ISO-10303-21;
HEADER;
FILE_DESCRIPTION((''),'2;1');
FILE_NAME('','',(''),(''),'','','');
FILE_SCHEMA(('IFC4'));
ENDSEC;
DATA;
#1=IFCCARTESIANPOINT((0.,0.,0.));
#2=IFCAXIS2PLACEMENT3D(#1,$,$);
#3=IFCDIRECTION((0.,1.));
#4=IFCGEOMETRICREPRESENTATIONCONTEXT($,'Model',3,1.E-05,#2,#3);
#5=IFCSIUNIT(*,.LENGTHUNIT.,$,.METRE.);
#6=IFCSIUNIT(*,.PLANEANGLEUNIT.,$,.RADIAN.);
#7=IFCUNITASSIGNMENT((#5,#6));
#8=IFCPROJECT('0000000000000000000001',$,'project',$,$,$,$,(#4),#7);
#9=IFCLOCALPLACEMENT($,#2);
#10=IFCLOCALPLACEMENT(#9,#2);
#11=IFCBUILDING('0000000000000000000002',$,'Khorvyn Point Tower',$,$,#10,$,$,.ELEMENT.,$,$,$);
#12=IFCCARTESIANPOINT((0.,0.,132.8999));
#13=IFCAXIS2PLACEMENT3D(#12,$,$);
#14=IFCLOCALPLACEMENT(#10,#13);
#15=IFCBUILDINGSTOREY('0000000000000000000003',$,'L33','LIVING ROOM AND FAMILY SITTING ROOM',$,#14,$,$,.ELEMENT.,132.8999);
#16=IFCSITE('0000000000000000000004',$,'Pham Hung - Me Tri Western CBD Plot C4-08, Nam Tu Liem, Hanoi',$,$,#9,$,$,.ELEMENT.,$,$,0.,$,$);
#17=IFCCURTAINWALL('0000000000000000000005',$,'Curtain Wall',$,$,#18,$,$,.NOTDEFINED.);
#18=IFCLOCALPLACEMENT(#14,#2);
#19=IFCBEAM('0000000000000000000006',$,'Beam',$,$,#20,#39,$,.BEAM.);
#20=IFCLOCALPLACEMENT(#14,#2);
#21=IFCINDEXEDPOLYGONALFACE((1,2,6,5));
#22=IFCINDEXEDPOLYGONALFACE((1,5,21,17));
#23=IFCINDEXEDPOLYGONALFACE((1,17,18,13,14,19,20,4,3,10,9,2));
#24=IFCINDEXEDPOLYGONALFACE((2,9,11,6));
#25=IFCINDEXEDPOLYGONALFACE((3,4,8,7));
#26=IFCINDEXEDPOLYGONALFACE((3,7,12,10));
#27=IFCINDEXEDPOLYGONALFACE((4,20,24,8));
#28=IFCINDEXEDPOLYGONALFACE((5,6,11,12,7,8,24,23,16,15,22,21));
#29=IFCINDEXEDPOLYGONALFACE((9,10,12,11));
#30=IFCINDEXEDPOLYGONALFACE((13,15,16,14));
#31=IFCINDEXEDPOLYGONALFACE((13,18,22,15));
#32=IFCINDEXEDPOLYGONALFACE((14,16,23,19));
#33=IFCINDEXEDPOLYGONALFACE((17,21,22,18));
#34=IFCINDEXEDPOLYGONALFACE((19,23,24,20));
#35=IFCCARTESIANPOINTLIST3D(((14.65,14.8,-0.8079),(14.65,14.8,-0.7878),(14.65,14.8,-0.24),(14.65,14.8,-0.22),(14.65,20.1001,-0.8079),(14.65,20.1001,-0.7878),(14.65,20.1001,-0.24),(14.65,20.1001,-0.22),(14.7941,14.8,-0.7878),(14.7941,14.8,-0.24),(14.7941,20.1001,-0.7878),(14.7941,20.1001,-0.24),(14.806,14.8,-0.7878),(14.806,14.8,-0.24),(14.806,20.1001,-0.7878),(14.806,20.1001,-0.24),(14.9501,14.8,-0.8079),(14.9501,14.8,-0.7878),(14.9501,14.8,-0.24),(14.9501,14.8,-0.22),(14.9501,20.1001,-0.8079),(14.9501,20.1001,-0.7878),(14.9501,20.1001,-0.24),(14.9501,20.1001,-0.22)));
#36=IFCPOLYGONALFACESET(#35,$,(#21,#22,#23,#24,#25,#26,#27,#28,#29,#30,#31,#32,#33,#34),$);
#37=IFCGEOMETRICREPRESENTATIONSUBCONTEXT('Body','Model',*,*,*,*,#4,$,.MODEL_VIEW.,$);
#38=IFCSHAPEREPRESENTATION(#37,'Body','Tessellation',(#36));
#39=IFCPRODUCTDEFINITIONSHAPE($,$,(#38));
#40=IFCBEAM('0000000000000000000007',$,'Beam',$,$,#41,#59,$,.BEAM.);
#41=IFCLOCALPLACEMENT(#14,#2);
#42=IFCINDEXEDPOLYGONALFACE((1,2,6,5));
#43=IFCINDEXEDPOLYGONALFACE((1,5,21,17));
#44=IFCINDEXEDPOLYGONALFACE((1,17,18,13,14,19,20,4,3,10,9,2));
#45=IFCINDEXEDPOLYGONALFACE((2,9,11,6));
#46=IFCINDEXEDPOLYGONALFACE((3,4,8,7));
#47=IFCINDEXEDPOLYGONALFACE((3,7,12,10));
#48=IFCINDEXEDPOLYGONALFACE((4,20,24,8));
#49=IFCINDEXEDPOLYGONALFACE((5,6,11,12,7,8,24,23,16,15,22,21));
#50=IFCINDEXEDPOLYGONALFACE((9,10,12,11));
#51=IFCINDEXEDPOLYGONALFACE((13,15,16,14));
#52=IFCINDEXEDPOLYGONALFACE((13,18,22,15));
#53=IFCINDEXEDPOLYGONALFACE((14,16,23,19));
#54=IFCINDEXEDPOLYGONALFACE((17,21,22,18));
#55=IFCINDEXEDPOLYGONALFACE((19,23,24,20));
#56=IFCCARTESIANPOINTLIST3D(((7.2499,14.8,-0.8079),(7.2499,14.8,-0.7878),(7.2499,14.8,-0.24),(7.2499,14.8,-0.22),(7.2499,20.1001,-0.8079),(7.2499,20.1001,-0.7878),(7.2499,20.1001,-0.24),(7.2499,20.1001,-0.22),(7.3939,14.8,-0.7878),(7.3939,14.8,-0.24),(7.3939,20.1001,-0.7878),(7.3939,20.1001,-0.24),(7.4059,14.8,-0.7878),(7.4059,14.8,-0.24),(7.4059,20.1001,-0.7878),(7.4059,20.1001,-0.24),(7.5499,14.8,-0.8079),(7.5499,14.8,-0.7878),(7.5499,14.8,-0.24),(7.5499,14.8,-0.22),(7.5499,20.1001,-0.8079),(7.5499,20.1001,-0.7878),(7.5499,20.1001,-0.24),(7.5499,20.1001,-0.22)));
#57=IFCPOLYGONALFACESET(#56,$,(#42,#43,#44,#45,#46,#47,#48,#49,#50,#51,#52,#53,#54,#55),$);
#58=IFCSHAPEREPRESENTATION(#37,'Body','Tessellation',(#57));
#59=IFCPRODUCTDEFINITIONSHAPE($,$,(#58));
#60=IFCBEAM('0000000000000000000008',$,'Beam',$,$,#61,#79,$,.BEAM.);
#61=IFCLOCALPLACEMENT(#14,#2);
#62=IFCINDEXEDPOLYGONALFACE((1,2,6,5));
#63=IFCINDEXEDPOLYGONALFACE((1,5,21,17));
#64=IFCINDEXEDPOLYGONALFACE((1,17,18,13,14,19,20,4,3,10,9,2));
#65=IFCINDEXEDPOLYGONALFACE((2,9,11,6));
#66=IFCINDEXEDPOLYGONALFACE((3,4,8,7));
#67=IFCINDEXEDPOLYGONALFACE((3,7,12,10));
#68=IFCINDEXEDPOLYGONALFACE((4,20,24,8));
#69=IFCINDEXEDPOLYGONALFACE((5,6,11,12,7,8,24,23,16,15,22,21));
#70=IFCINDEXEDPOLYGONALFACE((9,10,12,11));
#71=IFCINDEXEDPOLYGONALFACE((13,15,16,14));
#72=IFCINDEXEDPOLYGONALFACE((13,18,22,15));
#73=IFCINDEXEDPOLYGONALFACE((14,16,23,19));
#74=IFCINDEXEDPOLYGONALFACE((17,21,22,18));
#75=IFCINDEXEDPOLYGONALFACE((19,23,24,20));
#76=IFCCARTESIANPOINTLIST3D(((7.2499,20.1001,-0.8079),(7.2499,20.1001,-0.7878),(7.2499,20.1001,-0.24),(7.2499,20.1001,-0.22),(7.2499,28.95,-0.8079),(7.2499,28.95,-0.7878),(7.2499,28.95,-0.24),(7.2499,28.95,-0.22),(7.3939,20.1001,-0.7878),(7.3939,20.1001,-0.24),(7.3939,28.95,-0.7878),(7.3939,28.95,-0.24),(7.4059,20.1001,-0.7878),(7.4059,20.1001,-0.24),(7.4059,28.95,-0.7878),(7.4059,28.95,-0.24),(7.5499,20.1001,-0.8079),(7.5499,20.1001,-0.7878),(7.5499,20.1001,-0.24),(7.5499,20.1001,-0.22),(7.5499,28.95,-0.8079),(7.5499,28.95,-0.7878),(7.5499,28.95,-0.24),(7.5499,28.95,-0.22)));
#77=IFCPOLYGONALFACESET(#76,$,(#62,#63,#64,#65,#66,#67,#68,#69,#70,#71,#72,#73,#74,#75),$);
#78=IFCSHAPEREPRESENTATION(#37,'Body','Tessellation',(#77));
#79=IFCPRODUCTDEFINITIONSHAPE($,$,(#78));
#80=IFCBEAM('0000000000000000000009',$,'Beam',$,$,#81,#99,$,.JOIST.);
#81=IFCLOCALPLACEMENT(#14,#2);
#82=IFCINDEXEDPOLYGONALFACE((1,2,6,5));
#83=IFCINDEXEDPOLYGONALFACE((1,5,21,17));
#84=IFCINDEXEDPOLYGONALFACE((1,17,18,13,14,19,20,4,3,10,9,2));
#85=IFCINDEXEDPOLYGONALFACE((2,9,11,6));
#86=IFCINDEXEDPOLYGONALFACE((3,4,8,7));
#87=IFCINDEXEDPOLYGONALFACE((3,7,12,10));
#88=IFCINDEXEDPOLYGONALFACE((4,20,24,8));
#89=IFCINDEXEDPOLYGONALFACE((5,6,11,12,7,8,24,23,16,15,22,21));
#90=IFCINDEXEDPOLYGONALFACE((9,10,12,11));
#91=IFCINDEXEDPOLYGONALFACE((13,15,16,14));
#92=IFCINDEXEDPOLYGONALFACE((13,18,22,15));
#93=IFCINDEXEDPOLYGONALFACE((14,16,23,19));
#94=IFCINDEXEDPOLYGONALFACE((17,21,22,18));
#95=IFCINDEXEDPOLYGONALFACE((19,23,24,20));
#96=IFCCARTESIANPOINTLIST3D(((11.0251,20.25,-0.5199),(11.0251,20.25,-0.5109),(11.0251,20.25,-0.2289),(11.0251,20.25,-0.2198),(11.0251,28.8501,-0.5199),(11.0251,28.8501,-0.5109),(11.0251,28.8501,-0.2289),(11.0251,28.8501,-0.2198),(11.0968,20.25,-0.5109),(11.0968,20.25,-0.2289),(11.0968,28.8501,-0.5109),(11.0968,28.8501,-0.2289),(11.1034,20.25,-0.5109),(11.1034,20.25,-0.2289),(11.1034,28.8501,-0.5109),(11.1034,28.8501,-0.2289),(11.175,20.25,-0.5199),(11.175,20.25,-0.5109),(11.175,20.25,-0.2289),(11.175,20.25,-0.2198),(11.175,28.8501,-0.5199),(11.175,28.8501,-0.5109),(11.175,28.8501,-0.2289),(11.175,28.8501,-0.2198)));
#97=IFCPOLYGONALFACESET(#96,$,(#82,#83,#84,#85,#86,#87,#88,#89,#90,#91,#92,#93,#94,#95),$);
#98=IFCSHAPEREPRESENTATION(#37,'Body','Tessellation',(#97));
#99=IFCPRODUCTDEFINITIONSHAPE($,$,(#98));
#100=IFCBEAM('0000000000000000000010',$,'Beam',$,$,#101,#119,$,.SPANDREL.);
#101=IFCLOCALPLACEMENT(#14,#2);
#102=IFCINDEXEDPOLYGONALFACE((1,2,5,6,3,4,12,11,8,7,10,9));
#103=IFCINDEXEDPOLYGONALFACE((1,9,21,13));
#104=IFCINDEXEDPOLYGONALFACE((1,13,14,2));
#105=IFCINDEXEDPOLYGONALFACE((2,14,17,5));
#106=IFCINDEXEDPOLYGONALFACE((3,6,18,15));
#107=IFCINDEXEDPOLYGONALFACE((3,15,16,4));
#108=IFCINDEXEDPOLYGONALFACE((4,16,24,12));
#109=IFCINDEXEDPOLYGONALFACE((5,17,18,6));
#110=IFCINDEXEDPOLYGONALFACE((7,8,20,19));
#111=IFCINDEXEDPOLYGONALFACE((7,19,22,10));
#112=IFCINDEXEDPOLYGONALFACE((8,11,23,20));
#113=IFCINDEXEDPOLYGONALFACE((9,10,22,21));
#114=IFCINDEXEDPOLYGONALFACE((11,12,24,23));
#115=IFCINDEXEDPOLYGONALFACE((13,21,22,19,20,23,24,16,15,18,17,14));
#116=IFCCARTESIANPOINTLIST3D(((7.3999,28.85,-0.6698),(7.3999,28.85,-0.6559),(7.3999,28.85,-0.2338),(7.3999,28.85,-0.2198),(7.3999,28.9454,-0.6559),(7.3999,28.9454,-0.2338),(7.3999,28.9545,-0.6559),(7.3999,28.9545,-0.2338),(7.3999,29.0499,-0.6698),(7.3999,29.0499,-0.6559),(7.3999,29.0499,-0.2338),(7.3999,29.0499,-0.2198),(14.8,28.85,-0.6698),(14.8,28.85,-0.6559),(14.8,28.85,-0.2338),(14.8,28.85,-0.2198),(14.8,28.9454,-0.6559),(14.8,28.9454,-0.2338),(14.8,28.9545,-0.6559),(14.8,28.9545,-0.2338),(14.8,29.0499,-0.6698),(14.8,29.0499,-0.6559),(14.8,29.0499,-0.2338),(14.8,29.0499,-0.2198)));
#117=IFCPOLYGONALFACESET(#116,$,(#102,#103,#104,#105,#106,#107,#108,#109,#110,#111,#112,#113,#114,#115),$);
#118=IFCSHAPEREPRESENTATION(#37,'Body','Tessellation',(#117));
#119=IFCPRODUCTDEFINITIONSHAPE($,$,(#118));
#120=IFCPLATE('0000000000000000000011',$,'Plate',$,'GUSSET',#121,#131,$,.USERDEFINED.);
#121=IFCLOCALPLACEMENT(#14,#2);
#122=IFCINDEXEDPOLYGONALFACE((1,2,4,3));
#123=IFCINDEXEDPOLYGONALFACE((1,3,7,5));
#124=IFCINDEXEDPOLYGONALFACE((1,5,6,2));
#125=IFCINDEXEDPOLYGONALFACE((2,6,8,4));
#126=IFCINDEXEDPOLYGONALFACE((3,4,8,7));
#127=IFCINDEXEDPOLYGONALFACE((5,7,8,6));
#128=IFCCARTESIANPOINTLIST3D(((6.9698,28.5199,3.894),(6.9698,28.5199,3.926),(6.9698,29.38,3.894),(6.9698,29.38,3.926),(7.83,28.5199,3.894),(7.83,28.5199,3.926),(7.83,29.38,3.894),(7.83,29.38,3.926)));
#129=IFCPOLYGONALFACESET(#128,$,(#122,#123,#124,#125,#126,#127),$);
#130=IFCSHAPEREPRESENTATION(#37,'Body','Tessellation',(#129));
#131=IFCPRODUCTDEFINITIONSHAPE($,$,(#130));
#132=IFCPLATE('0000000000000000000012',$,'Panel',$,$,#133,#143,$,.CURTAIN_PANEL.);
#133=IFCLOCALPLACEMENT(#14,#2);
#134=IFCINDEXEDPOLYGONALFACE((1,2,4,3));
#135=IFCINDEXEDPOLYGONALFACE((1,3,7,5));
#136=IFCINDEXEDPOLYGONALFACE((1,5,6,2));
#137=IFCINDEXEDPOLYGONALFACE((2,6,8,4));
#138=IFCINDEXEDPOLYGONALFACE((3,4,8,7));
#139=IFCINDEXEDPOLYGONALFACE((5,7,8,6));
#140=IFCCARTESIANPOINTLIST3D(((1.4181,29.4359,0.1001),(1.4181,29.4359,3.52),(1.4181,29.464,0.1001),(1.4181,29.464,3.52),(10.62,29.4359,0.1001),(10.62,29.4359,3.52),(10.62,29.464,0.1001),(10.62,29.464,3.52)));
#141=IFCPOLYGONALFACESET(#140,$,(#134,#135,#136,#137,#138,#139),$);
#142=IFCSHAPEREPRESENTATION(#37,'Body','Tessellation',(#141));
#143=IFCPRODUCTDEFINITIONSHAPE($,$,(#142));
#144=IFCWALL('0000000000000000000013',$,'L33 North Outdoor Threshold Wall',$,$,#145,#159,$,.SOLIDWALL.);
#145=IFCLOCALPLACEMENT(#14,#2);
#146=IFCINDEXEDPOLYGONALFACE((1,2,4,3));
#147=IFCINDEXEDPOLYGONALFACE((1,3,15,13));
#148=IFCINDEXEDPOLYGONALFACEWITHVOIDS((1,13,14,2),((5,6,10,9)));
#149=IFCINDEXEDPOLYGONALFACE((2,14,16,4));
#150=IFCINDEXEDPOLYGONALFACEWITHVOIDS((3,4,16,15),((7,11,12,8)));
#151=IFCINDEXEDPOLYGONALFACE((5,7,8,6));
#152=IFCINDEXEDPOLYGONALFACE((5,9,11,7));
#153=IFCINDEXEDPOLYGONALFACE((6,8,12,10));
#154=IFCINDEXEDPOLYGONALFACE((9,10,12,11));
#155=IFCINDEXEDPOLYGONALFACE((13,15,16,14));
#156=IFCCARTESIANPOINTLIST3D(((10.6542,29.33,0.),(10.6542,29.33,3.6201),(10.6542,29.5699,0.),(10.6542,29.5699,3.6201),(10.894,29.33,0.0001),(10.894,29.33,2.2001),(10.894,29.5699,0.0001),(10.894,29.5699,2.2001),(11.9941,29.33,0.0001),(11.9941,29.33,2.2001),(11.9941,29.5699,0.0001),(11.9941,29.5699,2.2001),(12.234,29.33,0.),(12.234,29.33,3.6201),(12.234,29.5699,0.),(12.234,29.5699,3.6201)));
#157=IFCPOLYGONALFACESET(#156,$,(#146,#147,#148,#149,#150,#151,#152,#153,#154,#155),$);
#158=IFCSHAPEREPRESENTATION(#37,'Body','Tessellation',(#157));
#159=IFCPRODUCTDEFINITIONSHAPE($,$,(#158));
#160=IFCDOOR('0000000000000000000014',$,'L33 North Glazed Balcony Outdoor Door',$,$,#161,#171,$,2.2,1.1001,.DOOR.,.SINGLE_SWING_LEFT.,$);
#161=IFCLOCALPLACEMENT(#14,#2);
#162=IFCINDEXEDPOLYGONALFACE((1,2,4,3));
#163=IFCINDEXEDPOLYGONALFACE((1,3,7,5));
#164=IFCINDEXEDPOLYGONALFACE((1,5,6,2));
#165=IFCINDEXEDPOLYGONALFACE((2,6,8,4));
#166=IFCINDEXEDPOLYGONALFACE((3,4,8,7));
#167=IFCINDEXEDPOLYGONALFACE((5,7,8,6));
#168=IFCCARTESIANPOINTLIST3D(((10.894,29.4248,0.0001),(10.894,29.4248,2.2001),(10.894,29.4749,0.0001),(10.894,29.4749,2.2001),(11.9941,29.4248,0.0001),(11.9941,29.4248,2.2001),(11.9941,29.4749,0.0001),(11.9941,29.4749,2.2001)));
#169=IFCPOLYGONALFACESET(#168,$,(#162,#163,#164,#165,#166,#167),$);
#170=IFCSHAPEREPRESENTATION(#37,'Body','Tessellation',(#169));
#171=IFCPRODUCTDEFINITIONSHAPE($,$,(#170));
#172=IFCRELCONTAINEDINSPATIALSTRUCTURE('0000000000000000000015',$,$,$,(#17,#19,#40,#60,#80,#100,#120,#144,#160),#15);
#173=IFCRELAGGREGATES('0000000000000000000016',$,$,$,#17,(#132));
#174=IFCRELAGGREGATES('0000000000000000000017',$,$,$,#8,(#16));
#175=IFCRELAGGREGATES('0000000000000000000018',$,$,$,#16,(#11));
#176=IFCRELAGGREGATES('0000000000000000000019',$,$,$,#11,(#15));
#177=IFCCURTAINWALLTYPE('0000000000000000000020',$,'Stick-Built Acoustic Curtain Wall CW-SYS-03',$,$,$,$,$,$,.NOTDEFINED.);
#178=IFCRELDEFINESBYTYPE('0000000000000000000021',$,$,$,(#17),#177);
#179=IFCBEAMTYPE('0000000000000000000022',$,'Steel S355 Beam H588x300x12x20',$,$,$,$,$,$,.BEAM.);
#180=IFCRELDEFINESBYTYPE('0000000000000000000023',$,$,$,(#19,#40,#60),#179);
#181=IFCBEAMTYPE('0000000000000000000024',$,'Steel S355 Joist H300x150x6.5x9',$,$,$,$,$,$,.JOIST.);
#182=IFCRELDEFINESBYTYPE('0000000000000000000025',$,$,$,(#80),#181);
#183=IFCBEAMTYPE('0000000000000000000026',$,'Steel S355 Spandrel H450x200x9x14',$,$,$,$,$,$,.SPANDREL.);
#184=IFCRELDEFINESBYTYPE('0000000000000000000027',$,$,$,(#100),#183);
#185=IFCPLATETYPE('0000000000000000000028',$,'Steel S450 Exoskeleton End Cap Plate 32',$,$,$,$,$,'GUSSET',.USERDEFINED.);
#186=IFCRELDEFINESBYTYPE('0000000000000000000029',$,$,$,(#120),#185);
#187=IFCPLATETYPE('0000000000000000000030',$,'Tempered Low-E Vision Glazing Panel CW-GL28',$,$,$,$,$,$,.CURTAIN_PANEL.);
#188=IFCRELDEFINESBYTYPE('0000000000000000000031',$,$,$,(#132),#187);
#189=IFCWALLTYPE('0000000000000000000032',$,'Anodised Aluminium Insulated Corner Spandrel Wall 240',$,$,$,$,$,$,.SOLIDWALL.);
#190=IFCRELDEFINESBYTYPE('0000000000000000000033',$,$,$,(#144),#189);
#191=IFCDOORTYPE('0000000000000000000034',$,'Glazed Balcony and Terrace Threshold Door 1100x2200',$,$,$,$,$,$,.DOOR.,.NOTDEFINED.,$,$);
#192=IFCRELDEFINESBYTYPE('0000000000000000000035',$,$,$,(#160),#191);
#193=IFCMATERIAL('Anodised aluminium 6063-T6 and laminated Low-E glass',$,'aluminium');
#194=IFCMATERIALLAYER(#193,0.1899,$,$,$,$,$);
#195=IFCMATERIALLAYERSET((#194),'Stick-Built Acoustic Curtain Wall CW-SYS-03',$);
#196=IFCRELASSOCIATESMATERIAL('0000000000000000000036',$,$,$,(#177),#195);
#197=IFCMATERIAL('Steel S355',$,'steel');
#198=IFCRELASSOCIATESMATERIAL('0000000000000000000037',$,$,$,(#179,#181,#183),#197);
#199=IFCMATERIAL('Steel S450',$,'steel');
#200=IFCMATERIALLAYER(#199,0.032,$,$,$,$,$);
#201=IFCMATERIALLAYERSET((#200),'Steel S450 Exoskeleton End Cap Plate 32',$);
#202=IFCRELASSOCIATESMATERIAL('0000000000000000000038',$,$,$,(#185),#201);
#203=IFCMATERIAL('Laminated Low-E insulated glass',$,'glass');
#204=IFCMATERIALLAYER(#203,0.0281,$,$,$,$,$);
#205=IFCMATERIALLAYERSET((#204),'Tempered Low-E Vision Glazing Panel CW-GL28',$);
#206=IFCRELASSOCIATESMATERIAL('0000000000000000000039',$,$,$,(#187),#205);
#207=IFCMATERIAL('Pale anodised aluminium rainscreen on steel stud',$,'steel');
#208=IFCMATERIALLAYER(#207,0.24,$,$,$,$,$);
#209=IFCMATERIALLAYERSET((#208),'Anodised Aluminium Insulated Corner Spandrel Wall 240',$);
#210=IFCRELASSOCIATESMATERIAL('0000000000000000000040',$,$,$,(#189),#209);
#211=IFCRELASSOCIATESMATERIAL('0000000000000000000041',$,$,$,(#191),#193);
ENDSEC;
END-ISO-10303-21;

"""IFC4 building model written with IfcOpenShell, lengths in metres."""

from ifc_helpers import new_model, si_unit, direction, frame, frame_2d, origin, origin_2d, place, context, subcontext, project, spatial, rectangle, i_section, extrude, material, layer, layer_set, material_profile, profile_set, type_object, element, fill, aggregate, save


model = new_model("IFC4")

# Units and contexts
model_context = context("Model", 3, precision=1e-05, world=origin(), true_north=direction((0.0, 1.0)))
body_context = subcontext(model_context, "Body", "Model", "MODEL_VIEW")
ifc_project = project(units=[si_unit("LENGTHUNIT", "METRE"), si_unit("PLANEANGLEUNIT", "RADIAN")], contexts=[model_context])

# Site, building, storey
site_placement = place(None, origin())
site = spatial("IfcSite", under=ifc_project, at=site_placement, Name="Pham Hung - Me Tri Western CBD Plot C4-08, Nam Tu Liem, Hanoi", CompositionType="ELEMENT", RefElevation=0.0)
building_placement = place(site_placement, origin())
building = spatial("IfcBuilding", under=site, at=building_placement, Name="Khorvyn Point Tower", CompositionType="ELEMENT")
storey_placement = place(building_placement, frame((0.0, 0.0, 132.8999)))
storey = spatial("IfcBuildingStorey", under=building, at=storey_placement, Name="L33", Description="LIVING ROOM AND FAMILY SITTING ROOM", CompositionType="ELEMENT", Elevation=132.8999)

# Shared definitions
ifc_material_1 = material(Name="Steel S450", Category="steel")

# Curtain wall
ifc_material_2 = material(Name="Anodised aluminium 6063-T6 and laminated Low-E glass", Category="aluminium")
ifc_layer_1 = layer(ifc_material_2, 0.1899)
ifc_layer_set_1 = layer_set([ifc_layer_1], Name="Stick-Built Acoustic Curtain Wall CW-SYS-03")
curtain_wall_type = type_object("IfcCurtainWallType", Name="Stick-Built Acoustic Curtain Wall CW-SYS-03", PredefinedType="NOTDEFINED", material=ifc_layer_set_1)
curtain_wall_1_placement = place(storey_placement, origin())
curtain_wall_1 = element("IfcCurtainWall", 1, at=curtain_wall_1_placement, inside=storey, type_object=curtain_wall_type, Name="Curtain Wall", PredefinedType="NOTDEFINED")

# Beams
ifc_material_3 = material(Name="Steel S355", Category="steel")
ifc_material_profile_1 = material_profile(ifc_material_3, i_section(OverallWidth=0.3, OverallDepth=0.5879, WebThickness=0.012, FlangeThickness=0.02, at=origin_2d()))
ifc_profile_set_1 = profile_set([ifc_material_profile_1], Name="Steel S355 H588x300x12x20")
beam_type_1 = type_object("IfcBeamType", Name="Steel S355 Beam H588x300x12x20", PredefinedType="BEAM", material=ifc_profile_set_1)
for number, where, z_axis, x_axis, name in (
    (2, (14.8, 14.8, -0.5139), (0.0, 1.0, 0.0), (-1.0, 0.0, 0.0), "Beam"),
    (3, (7.3999, 14.8, -0.5139), (0.0, 1.0, 0.0), (-1.0, 0.0, 0.0), "Beam"),
):
    element("IfcBeam", number, at=place(storey_placement, frame(where, z_axis=z_axis, x_axis=x_axis)), inside=storey, type_object=beam_type_1, Name=name, PredefinedType="BEAM", context=body_context, shape_type="SweptSolid", body=[
        extrude(i_section(OverallWidth=0.3, OverallDepth=0.5879, WebThickness=0.012, FlangeThickness=0.02, at=origin_2d()), origin(), (0.0, 0.0, 1.0), 5.3),
    ])
beam_1_placement = place(storey_placement, frame((7.3999, 20.1001, -0.5139), z_axis=(0.0, 1.0, 0.0), x_axis=(-1.0, 0.0, 0.0)))
element("IfcBeam", 4, at=beam_1_placement, inside=storey, type_object=beam_type_1, Name="Beam", PredefinedType="BEAM", context=body_context, shape_type="SweptSolid", body=[
    extrude(i_section(OverallWidth=0.3, OverallDepth=0.5879, WebThickness=0.012, FlangeThickness=0.02, at=origin_2d()), origin(), (0.0, 0.0, 1.0), 8.8499),
])
ifc_material_profile_2 = material_profile(ifc_material_3, i_section(OverallWidth=0.1499, OverallDepth=0.3, WebThickness=0.0066, FlangeThickness=0.009, at=origin_2d()))
ifc_profile_set_2 = profile_set([ifc_material_profile_2], Name="Steel S355 H300x150x6.5x9")
beam_type_2 = type_object("IfcBeamType", Name="Steel S355 Joist H300x150x6.5x9", PredefinedType="JOIST", material=ifc_profile_set_2)
beam_2_placement = place(storey_placement, frame((11.1001, 20.25, -0.3699), z_axis=(0.0, 1.0, 0.0), x_axis=(-1.0, 0.0, 0.0)))
element("IfcBeam", 5, at=beam_2_placement, inside=storey, type_object=beam_type_2, Name="Beam", PredefinedType="JOIST", context=body_context, shape_type="SweptSolid", body=[
    extrude(i_section(OverallWidth=0.1499, OverallDepth=0.3, WebThickness=0.0066, FlangeThickness=0.009, at=origin_2d()), origin(), (0.0, 0.0, 1.0), 8.6001),
])
ifc_material_profile_3 = material_profile(ifc_material_3, i_section(OverallWidth=0.2, OverallDepth=0.45, WebThickness=0.009, FlangeThickness=0.0139, at=origin_2d()))
ifc_profile_set_3 = profile_set([ifc_material_profile_3], Name="Steel S355 H450x200x9x14")
beam_type_3 = type_object("IfcBeamType", Name="Steel S355 Spandrel H450x200x9x14", PredefinedType="SPANDREL", material=ifc_profile_set_3)
beam_3_placement = place(storey_placement, frame((7.3999, 28.95, -0.4448), z_axis=(1.0, 0.0, 0.0), x_axis=(0.0, 1.0, 0.0)))
element("IfcBeam", 6, at=beam_3_placement, inside=storey, type_object=beam_type_3, Name="Beam", PredefinedType="SPANDREL", context=body_context, shape_type="SweptSolid", body=[
    extrude(i_section(OverallWidth=0.2, OverallDepth=0.45, WebThickness=0.009, FlangeThickness=0.0139, at=origin_2d()), origin(), (0.0, 0.0, 1.0), 7.4001),
])

# Plates
ifc_layer_2 = layer(ifc_material_1, 0.032)
ifc_layer_set_2 = layer_set([ifc_layer_2], Name="Steel S450 Exoskeleton End Cap Plate 32")
plate_type_1 = type_object("IfcPlateType", Name="Steel S450 Exoskeleton End Cap Plate 32", ElementType="GUSSET", PredefinedType="USERDEFINED", material=ifc_layer_set_2)
plate_1_placement = place(storey_placement, frame((7.3999, 28.95, 3.894), z_axis=(0.0, 0.0, 1.0), x_axis=(1.0, 0.0, 0.0)))
element("IfcPlate", 7, at=plate_1_placement, inside=storey, type_object=plate_type_1, Name="Plate", ObjectType="GUSSET", PredefinedType="USERDEFINED", context=body_context, shape_type="SweptSolid", body=[
    extrude(rectangle(XDim=0.8601, YDim=0.8601, at=origin_2d()), origin(), (0.0, 0.0, 1.0), 0.032),
])
ifc_material_4 = material(Name="Laminated Low-E insulated glass", Category="glass")
ifc_layer_3 = layer(ifc_material_4, 0.0281)
ifc_layer_set_3 = layer_set([ifc_layer_3], Name="Tempered Low-E Vision Glazing Panel CW-GL28")
plate_type_2 = type_object("IfcPlateType", Name="Tempered Low-E Vision Glazing Panel CW-GL28", PredefinedType="CURTAIN_PANEL", material=ifc_layer_set_3)
plate_2_placement = place(storey_placement, frame((6.019, 29.45, 0.1001), z_axis=(0.0, 0.0, 1.0), x_axis=(1.0, 0.0, 0.0)))
plate_2 = element("IfcPlate", 8, at=plate_2_placement, type_object=plate_type_2, Name="Panel", PredefinedType="CURTAIN_PANEL", context=body_context, shape_type="SweptSolid", body=[
    extrude(rectangle(XDim=9.2019, YDim=0.0281, at=origin_2d()), origin(), (0.0, 0.0, 1.0), 3.4199),
])
aggregate(curtain_wall_1, [plate_2])

# Wall, opening, door
ifc_material_5 = material(Name="Pale anodised aluminium rainscreen on steel stud", Category="steel")
ifc_layer_4 = layer(ifc_material_5, 0.24)
ifc_layer_set_4 = layer_set([ifc_layer_4], Name="Anodised Aluminium Insulated Corner Spandrel Wall 240")
wall_type_1 = type_object("IfcWallType", Name="Anodised Aluminium Insulated Corner Spandrel Wall 240", PredefinedType="SOLIDWALL", material=ifc_layer_set_4)
wall_1_placement = place(storey_placement, frame((10.6541, 29.45, 0.0), z_axis=(0.0, 0.0, 1.0), x_axis=(1.0, 0.0, 0.0)))
wall_1 = element("IfcWall", 9, at=wall_1_placement, inside=storey, type_object=wall_type_1, Name="L33 North Outdoor Threshold Wall", PredefinedType="SOLIDWALL", context=body_context, shape_type="SweptSolid", body=[
    extrude(rectangle(XDim=1.5798, YDim=0.24, at=frame_2d((0.79, 0.0))), origin(), (0.0, 0.0, 1.0), 3.6201),
])
opening_1_placement = place(wall_1_placement, frame((0.24, 0.0, 0.0)))
opening_1 = element("IfcOpeningElement", 10, at=opening_1_placement, cuts=wall_1, PredefinedType="OPENING", context=body_context, shape_type="SweptSolid", body=[
    extrude(rectangle(XDim=1.1001, YDim=2.2, at=frame_2d((0.55, 1.1001))), frame((0.0, 0.1299, 0.0), z_axis=(0.0, -1.0, 0.0), x_axis=(1.0, 0.0, 0.0)), (0.0, 0.0, 1.0), 0.26),
])
door_type_1 = type_object("IfcDoorType", Name="Glazed Balcony and Terrace Threshold Door 1100x2200", OperationType="NOTDEFINED", PredefinedType="DOOR", material=ifc_material_2)
door_1_placement = place(opening_1_placement, origin())
door_1 = element("IfcDoor", 11, at=door_1_placement, inside=storey, type_object=door_type_1, Name="L33 North Glazed Balcony Outdoor Door", OperationType="SINGLE_SWING_LEFT", OverallHeight=2.2, OverallWidth=1.1001, PredefinedType="DOOR", context=body_context, shape_type="SweptSolid", body=[
    extrude(rectangle(XDim=1.1001, YDim=2.2, at=frame_2d((0.55, 1.1001))), frame((0.0, 0.0249, 0.0), z_axis=(0.0, -1.0, 0.0), x_axis=(1.0, 0.0, 0.0)), (0.0, 0.0, 1.0), 0.05),
])
fill(opening_1, door_1)

save(model, "model.ifc")
